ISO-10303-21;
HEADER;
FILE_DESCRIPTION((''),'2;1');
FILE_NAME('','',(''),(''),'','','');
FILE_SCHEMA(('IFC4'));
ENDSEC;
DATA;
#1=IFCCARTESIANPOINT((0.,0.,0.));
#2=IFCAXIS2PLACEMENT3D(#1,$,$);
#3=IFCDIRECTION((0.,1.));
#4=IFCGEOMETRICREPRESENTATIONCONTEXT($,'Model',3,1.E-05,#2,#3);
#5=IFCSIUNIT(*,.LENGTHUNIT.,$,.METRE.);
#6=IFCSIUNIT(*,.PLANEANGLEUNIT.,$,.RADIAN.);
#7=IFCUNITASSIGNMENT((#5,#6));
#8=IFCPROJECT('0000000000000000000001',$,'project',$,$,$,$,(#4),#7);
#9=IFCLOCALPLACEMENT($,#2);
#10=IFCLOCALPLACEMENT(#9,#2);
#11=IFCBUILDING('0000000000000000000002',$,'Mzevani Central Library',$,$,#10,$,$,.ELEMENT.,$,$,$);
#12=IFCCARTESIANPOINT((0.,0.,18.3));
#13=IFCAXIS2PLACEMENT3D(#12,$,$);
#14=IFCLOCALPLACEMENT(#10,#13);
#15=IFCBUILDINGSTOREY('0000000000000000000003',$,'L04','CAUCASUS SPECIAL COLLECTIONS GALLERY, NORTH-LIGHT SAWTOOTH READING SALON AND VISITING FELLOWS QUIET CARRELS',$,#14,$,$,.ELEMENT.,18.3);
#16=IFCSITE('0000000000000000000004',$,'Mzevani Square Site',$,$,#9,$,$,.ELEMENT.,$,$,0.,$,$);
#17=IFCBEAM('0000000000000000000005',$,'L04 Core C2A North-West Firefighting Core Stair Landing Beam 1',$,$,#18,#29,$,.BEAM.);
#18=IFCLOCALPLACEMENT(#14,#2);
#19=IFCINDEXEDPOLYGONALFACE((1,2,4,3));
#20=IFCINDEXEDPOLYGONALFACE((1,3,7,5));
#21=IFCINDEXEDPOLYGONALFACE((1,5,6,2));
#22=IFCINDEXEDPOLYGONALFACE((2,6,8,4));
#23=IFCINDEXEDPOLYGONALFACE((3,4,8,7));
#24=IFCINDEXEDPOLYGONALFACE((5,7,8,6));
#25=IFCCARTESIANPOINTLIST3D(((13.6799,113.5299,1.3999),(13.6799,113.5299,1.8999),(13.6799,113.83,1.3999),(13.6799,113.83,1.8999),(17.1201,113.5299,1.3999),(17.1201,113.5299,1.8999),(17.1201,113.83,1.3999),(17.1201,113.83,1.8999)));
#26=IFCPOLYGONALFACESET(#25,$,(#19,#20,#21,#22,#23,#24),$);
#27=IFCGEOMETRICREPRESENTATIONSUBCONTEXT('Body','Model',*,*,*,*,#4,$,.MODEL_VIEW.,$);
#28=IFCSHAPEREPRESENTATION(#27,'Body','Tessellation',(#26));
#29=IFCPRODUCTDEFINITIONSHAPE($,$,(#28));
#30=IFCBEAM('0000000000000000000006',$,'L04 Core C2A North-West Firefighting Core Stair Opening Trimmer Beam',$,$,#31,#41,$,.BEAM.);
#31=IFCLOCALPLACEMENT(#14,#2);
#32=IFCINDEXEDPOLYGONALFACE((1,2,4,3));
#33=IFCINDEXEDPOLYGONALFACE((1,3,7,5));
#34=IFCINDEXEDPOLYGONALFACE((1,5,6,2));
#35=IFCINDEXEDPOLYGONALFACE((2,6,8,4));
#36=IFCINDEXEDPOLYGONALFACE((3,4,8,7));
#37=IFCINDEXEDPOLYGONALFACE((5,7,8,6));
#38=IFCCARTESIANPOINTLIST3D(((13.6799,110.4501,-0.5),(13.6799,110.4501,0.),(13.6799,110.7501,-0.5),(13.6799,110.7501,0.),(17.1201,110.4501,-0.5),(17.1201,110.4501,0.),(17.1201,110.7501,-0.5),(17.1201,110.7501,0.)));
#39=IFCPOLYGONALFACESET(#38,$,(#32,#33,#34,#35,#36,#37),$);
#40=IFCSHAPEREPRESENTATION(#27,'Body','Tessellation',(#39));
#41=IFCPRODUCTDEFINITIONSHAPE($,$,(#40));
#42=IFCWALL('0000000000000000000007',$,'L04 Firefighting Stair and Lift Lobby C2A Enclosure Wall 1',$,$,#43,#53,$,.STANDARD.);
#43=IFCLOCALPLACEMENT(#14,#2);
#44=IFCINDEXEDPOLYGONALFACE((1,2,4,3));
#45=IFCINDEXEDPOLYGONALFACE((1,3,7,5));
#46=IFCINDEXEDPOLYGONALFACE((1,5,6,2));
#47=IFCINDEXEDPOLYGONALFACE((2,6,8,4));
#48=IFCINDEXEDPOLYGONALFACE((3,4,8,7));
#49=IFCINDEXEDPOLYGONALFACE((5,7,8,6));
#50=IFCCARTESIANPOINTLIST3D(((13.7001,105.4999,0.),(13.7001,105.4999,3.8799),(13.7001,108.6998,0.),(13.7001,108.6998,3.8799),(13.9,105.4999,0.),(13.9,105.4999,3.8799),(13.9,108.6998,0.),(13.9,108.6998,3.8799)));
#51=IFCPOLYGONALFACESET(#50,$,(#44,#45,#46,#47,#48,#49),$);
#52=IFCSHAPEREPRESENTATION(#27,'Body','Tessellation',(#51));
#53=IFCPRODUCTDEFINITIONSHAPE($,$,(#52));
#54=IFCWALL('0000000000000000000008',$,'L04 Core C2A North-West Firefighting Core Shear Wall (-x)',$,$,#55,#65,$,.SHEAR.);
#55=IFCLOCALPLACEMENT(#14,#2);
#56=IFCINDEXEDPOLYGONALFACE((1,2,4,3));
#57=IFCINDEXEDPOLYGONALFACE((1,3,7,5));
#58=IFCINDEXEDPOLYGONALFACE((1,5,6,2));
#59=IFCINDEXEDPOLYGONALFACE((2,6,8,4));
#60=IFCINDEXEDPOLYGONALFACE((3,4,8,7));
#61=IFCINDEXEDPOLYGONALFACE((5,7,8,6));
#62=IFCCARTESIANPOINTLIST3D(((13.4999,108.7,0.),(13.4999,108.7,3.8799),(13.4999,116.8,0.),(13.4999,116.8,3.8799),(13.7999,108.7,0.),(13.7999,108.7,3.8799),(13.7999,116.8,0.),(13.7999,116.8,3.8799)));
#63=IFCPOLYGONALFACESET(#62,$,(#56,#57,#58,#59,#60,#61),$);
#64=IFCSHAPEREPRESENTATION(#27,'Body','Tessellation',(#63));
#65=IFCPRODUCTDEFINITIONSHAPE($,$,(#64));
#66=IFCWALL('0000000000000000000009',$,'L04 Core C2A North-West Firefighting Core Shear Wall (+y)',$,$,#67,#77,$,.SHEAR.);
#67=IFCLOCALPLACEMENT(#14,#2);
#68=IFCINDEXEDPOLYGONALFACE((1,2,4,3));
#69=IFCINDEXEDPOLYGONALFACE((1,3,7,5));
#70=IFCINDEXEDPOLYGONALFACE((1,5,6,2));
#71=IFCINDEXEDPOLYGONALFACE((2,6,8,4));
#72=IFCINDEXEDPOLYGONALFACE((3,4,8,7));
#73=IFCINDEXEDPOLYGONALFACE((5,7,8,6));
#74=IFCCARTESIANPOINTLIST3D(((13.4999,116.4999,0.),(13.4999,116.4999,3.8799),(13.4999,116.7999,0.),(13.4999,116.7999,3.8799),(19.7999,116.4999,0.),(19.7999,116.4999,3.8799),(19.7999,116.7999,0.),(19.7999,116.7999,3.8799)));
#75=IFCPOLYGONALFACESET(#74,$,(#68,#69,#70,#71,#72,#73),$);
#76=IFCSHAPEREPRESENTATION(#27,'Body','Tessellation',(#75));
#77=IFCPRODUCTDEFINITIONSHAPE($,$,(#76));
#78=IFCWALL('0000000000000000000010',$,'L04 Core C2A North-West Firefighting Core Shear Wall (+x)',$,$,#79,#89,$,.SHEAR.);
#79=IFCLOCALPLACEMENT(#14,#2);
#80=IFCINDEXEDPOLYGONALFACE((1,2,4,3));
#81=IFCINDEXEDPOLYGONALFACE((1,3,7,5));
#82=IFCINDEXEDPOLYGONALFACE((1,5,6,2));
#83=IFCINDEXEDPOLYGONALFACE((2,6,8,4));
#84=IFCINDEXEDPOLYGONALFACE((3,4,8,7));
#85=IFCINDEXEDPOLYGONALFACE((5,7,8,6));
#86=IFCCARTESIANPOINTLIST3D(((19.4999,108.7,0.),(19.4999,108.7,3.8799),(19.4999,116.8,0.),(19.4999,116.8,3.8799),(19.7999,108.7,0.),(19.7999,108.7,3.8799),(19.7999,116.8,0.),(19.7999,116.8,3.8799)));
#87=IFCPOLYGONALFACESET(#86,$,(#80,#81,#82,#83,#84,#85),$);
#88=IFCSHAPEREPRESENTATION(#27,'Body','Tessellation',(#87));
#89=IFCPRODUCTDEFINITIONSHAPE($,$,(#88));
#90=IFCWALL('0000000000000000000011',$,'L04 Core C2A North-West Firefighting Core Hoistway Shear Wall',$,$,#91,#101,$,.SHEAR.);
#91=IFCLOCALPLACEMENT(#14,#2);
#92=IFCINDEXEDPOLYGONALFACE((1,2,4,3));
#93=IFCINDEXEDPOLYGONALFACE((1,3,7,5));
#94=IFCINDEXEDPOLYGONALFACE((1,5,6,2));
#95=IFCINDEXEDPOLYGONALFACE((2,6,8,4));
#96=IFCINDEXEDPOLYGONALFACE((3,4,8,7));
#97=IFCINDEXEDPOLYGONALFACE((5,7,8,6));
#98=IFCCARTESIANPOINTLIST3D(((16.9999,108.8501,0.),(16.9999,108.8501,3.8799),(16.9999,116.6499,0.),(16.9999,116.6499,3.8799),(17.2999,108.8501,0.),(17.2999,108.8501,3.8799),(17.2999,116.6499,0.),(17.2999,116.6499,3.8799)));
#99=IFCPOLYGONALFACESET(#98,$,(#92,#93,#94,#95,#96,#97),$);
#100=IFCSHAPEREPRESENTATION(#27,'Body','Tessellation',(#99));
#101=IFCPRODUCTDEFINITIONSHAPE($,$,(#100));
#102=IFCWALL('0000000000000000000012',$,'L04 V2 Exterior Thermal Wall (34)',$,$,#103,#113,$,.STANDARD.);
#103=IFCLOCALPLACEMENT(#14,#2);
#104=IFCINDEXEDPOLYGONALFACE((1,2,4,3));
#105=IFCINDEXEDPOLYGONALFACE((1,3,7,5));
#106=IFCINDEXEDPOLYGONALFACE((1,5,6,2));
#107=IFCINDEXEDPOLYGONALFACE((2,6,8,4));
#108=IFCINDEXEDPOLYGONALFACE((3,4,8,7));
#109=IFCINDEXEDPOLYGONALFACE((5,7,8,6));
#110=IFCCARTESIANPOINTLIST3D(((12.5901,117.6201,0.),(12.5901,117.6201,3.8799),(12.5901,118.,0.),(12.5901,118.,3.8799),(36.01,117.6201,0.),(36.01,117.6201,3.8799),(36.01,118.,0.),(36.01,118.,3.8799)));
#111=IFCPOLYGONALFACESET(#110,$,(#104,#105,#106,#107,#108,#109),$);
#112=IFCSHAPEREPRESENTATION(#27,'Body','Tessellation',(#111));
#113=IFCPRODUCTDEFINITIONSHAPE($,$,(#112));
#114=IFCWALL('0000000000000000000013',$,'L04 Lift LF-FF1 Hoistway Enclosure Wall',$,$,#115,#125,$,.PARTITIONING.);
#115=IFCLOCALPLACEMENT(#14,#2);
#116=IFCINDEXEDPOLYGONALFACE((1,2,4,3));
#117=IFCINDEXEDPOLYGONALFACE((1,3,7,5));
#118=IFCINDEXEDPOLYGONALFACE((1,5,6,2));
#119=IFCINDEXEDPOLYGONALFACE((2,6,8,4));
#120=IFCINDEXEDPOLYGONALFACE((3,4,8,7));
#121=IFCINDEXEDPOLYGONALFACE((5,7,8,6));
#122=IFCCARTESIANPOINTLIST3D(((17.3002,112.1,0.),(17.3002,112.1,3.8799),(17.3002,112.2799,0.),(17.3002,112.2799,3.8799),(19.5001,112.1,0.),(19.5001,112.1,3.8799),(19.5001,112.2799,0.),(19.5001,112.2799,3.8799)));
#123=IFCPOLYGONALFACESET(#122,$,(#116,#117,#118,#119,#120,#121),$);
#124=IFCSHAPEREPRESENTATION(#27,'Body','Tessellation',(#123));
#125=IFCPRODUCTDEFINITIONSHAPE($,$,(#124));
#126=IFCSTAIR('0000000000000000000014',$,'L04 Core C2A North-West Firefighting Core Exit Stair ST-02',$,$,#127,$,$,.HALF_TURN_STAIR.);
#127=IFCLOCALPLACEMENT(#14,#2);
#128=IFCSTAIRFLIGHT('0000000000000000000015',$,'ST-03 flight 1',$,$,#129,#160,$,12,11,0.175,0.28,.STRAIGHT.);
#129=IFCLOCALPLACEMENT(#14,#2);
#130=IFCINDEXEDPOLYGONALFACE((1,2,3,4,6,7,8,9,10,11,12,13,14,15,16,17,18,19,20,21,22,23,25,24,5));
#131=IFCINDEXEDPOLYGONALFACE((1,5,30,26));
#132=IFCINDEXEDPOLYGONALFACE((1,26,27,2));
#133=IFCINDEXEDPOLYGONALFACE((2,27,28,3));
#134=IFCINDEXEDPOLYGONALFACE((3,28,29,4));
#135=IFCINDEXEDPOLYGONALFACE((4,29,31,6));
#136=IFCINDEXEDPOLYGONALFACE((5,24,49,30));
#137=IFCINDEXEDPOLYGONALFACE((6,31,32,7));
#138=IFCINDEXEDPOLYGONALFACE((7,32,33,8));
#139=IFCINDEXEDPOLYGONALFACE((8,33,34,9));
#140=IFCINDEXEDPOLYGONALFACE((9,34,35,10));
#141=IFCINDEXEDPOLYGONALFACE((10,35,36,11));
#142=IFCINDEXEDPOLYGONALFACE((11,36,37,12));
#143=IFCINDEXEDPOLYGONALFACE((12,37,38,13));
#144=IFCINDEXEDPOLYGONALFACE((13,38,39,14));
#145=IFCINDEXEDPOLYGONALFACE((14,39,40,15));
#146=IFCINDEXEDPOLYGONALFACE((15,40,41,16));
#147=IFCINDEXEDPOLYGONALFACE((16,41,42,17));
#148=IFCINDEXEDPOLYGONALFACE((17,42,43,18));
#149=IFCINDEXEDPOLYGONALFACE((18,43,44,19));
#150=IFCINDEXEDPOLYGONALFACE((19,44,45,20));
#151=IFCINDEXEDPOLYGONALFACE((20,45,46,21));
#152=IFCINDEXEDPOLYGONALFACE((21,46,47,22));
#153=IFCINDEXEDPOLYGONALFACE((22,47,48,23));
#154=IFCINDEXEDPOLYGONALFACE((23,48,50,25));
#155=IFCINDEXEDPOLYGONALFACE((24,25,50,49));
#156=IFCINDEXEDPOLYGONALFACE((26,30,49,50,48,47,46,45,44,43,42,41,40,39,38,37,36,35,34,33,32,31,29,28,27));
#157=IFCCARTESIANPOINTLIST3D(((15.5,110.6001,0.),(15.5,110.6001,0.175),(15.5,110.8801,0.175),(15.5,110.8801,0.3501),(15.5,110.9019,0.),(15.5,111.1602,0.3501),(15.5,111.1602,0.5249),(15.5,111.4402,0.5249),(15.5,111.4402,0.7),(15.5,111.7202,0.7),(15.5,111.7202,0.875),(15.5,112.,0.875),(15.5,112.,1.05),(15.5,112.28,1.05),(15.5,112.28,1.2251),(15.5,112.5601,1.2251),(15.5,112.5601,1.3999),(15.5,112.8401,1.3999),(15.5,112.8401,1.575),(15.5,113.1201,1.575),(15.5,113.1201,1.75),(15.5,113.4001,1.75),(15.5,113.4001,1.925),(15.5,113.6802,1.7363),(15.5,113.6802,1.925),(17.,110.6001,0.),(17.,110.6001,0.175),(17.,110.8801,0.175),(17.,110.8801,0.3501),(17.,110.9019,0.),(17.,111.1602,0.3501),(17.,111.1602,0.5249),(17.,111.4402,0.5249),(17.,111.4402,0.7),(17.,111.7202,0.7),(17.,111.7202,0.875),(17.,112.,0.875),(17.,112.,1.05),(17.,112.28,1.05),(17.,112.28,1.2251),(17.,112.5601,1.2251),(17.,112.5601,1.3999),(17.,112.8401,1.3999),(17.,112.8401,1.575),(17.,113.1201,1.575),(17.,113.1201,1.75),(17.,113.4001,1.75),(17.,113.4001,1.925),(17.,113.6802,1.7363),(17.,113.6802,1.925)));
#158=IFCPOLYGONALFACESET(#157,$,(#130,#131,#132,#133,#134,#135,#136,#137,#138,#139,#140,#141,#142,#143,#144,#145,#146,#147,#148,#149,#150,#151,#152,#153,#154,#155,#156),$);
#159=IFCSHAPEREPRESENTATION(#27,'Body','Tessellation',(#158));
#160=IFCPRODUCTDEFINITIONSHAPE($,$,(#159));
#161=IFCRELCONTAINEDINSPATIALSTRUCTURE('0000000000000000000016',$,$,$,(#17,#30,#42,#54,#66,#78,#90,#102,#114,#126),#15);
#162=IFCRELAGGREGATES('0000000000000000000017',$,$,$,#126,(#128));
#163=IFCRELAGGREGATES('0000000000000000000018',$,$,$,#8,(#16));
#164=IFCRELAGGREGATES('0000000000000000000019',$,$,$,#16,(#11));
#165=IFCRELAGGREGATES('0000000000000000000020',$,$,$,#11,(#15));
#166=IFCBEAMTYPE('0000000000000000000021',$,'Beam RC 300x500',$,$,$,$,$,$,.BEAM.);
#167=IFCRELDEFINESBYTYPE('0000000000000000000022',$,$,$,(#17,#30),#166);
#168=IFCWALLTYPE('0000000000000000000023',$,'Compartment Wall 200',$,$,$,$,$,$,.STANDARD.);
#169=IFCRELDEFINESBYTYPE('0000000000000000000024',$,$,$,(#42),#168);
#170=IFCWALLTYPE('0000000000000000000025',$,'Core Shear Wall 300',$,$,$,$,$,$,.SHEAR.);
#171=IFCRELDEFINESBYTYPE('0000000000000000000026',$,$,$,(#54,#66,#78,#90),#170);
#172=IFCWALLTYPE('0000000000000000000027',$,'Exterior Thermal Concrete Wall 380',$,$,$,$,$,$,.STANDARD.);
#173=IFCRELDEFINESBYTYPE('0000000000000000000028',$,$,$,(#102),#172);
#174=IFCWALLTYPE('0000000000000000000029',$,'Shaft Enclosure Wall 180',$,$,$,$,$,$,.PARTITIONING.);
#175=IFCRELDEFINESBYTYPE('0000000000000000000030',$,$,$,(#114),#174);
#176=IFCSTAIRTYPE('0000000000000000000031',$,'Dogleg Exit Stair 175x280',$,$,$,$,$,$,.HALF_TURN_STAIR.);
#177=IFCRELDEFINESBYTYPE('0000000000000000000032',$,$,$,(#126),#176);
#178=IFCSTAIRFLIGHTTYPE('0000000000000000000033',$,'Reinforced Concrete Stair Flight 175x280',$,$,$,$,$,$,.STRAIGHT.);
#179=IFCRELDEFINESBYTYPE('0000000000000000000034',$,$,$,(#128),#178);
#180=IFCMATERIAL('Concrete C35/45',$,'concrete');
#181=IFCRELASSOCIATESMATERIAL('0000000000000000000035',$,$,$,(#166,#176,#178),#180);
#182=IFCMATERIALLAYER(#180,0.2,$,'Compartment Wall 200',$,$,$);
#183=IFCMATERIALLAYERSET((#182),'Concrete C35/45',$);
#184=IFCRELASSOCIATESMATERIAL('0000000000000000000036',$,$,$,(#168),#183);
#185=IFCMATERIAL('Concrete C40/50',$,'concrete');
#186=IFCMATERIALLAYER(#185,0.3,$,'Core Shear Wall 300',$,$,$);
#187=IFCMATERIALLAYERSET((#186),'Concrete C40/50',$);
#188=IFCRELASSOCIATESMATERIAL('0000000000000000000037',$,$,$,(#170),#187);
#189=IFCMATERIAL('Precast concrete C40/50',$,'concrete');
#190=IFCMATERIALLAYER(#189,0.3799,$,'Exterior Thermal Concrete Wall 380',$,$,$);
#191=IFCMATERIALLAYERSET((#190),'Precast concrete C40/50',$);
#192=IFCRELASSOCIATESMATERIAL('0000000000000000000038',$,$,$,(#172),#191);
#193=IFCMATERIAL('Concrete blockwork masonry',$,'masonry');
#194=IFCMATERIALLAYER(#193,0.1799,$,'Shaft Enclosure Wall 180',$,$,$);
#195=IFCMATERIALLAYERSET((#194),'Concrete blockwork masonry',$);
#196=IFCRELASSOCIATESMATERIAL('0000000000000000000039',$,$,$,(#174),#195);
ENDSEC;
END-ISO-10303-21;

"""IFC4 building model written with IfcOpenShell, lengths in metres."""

from ifc_helpers import new_model, si_unit, direction, frame, frame_2d, origin, origin_2d, place, context, subcontext, project, spatial, polyline, rectangle, outline, extrude, material, layer, layer_set, material_profile, profile_set, type_object, element, aggregate, save


model = new_model("IFC4")

# Units and contexts
model_context = context("Model", 3, precision=1e-05, world=origin(), true_north=direction((0.0, 1.0)))
body_context = subcontext(model_context, "Body", "Model", "MODEL_VIEW")
ifc_project = project(units=[si_unit("LENGTHUNIT", "METRE"), si_unit("PLANEANGLEUNIT", "RADIAN")], contexts=[model_context])

# Site, building, storey
site_placement = place(None, origin())
site = spatial("IfcSite", under=ifc_project, at=site_placement, Name="Mzevani Square Site", CompositionType="ELEMENT", RefElevation=0.0)
building_placement = place(site_placement, origin())
building = spatial("IfcBuilding", under=site, at=building_placement, Name="Mzevani Central Library", CompositionType="ELEMENT")
storey_placement = place(building_placement, frame((0.0, 0.0, 18.3)))
storey = spatial("IfcBuildingStorey", under=building, at=storey_placement, Name="L04", Description="CAUCASUS SPECIAL COLLECTIONS GALLERY, NORTH-LIGHT SAWTOOTH READING SALON AND VISITING FELLOWS QUIET CARRELS", CompositionType="ELEMENT", Elevation=18.3)

# Beams
ifc_material_1 = material(Name="Concrete C35/45", Category="concrete")
ifc_material_profile = material_profile(ifc_material_1, rectangle(XDim=0.3, YDim=0.5, at=origin_2d()), Name="RC B300x500")
ifc_profile_set = profile_set([ifc_material_profile], Name="Concrete C35/45")
beam_type = type_object("IfcBeamType", Name="Beam RC 300x500", PredefinedType="BEAM", material=ifc_profile_set)
for number, where, z_axis, x_axis, name in (
    (1, (13.6799, 113.6799, 1.6499), (1.0, 0.0, 0.0), (0.0, 1.0, 0.0), "L04 Core C2A North-West Firefighting Core Stair Landing Beam 1"),
    (2, (13.6799, 110.6001, -0.25), (1.0, 0.0, 0.0), (0.0, 1.0, 0.0), "L04 Core C2A North-West Firefighting Core Stair Opening Trimmer Beam"),
):
    element("IfcBeam", number, at=place(storey_placement, frame(where, z_axis=z_axis, x_axis=x_axis)), inside=storey, type_object=beam_type, Name=name, PredefinedType="BEAM", context=body_context, shape_type="SweptSolid", body=[
        extrude(rectangle(XDim=0.3, YDim=0.5, at=origin_2d()), origin(), (0.0, 0.0, 1.0), 3.4402),
    ])

# Wall
ifc_layer_1 = layer(ifc_material_1, 0.2, Name="Compartment Wall 200")
ifc_layer_set_1 = layer_set([ifc_layer_1], Name="Concrete C35/45")
wall_type_1 = type_object("IfcWallType", Name="Compartment Wall 200", PredefinedType="STANDARD", material=ifc_layer_set_1)
wall_1_placement = place(storey_placement, frame((13.8, 108.7, 0.0), z_axis=(0.0, 0.0, 1.0), x_axis=(0.0, -1.0, 0.0)))
element("IfcWall", 3, at=wall_1_placement, inside=storey, type_object=wall_type_1, Name="L04 Firefighting Stair and Lift Lobby C2A Enclosure Wall 1", PredefinedType="STANDARD", context=body_context, shape_type="SweptSolid", body=[
    extrude(rectangle(XDim=3.2, YDim=0.2, at=frame_2d((1.6001, 0.0))), origin(), (0.0, 0.0, 1.0), 3.8799),
])

# Shared definitions
ifc_material_2 = material(Name="Concrete C40/50", Category="concrete")
ifc_layer_2 = layer(ifc_material_2, 0.3, Name="Core Shear Wall 300")
ifc_layer_set_2 = layer_set([ifc_layer_2], Name="Concrete C40/50")
wall_type_2 = type_object("IfcWallType", Name="Core Shear Wall 300", PredefinedType="SHEAR", material=ifc_layer_set_2)

# Walls
wall_2_placement = place(storey_placement, frame((13.6499, 108.7, 0.0), z_axis=(0.0, 0.0, 1.0), x_axis=(0.0, 1.0, 0.0)))
element("IfcWall", 4, at=wall_2_placement, inside=storey, type_object=wall_type_2, Name="L04 Core C2A North-West Firefighting Core Shear Wall (-x)", PredefinedType="SHEAR", context=body_context, shape_type="SweptSolid", body=[
    extrude(rectangle(XDim=8.1001, YDim=0.3, at=frame_2d((4.05, 0.0))), origin(), (0.0, 0.0, 1.0), 3.8799),
])
wall_3_placement = place(storey_placement, frame((13.5, 116.6499, 0.0), z_axis=(0.0, 0.0, 1.0), x_axis=(1.0, 0.0, 0.0)))
element("IfcWall", 5, at=wall_3_placement, inside=storey, type_object=wall_type_2, Name="L04 Core C2A North-West Firefighting Core Shear Wall (+y)", PredefinedType="SHEAR", context=body_context, shape_type="SweptSolid", body=[
    extrude(rectangle(XDim=6.3, YDim=0.3, at=frame_2d((3.1499, 0.0))), origin(), (0.0, 0.0, 1.0), 3.8799),
])
wall_4_placement = place(storey_placement, frame((19.6499, 116.8, 0.0), z_axis=(0.0, 0.0, 1.0), x_axis=(0.0, -1.0, 0.0)))
element("IfcWall", 6, at=wall_4_placement, inside=storey, type_object=wall_type_2, Name="L04 Core C2A North-West Firefighting Core Shear Wall (+x)", PredefinedType="SHEAR", context=body_context, shape_type="SweptSolid", body=[
    extrude(rectangle(XDim=8.1001, YDim=0.3, at=frame_2d((4.05, 0.0))), origin(), (0.0, 0.0, 1.0), 3.8799),
])
wall_5_placement = place(storey_placement, frame((17.1499, 108.8501, 0.0), z_axis=(0.0, 0.0, 1.0), x_axis=(0.0, 1.0, 0.0)))
element("IfcWall", 7, at=wall_5_placement, inside=storey, type_object=wall_type_2, Name="L04 Core C2A North-West Firefighting Core Hoistway Shear Wall", PredefinedType="SHEAR", context=body_context, shape_type="SweptSolid", body=[
    extrude(rectangle(XDim=7.7998, YDim=0.3, at=frame_2d((3.8999, 0.0))), origin(), (0.0, 0.0, 1.0), 3.8799),
])
ifc_material_3 = material(Name="Precast concrete C40/50", Category="concrete")
ifc_layer_3 = layer(ifc_material_3, 0.3799, Name="Exterior Thermal Concrete Wall 380")
ifc_layer_set_3 = layer_set([ifc_layer_3], Name="Precast concrete C40/50")
wall_type_3 = type_object("IfcWallType", Name="Exterior Thermal Concrete Wall 380", PredefinedType="STANDARD", material=ifc_layer_set_3)
wall_6_placement = place(storey_placement, frame((12.5901, 117.8101, 0.0), z_axis=(0.0, 0.0, 1.0), x_axis=(1.0, 0.0, 0.0)))
element("IfcWall", 8, at=wall_6_placement, inside=storey, type_object=wall_type_3, Name="L04 V2 Exterior Thermal Wall (34)", PredefinedType="STANDARD", context=body_context, shape_type="SweptSolid", body=[
    extrude(rectangle(XDim=23.4199, YDim=0.3799, at=frame_2d((11.71, 0.0))), origin(), (0.0, 0.0, 1.0), 3.8799),
])
ifc_material_4 = material(Name="Concrete blockwork masonry", Category="masonry")
ifc_layer_4 = layer(ifc_material_4, 0.1799, Name="Shaft Enclosure Wall 180")
ifc_layer_set_4 = layer_set([ifc_layer_4], Name="Concrete blockwork masonry")
wall_type_4 = type_object("IfcWallType", Name="Shaft Enclosure Wall 180", PredefinedType="PARTITIONING", material=ifc_layer_set_4)
wall_7_placement = place(storey_placement, frame((17.3, 112.1899, 0.0), z_axis=(0.0, 0.0, 1.0), x_axis=(1.0, 0.0, 0.0)))
element("IfcWall", 9, at=wall_7_placement, inside=storey, type_object=wall_type_4, Name="L04 Lift LF-FF1 Hoistway Enclosure Wall", PredefinedType="PARTITIONING", context=body_context, shape_type="SweptSolid", body=[
    extrude(rectangle(XDim=2.2, YDim=0.1799, at=frame_2d((1.1001, 0.0))), origin(), (0.0, 0.0, 1.0), 3.8799),
])

# Stair, stair flight
stair_type = type_object("IfcStairType", Name="Dogleg Exit Stair 175x280", PredefinedType="HALF_TURN_STAIR", material=ifc_material_1)
stair_placement = place(storey_placement, origin())
stair = element("IfcStair", 10, at=stair_placement, inside=storey, type_object=stair_type, Name="L04 Core C2A North-West Firefighting Core Exit Stair ST-02", PredefinedType="HALF_TURN_STAIR")
stair_flight_type = type_object("IfcStairFlightType", Name="Reinforced Concrete Stair Flight 175x280", PredefinedType="STRAIGHT", material=ifc_material_1)
stair_flight_1_placement = place(storey_placement, frame((16.25, 110.6001, 0.0), z_axis=(0.0, 0.0, 1.0), x_axis=(0.0, 1.0, 0.0)))
stair_flight_1 = element("IfcStairFlight", 11, at=stair_flight_1_placement, type_object=stair_flight_type, Name="ST-03 flight 1", NumberOfRisers=12, NumberOfTreads=11, PredefinedType="STRAIGHT", RiserHeight=0.175, TreadLength=0.28, context=body_context, shape_type="SweptSolid", body=[
    extrude(outline(polyline([(0.0, 0.0), (0.0, 0.175), (0.28, 0.175), (0.28, 0.3501), (0.5601, 0.3501), (0.5601, 0.5249), (0.8401, 0.5249), (0.8401, 0.7), (1.1201, 0.7), (1.1201, 0.875), (1.3999, 0.875), (1.3999, 1.05), (1.6799, 1.05), (1.6799, 1.2251), (1.96, 1.2251), (1.96, 1.3999), (2.24, 1.3999), (2.24, 1.575), (2.52, 1.575), (2.52, 1.75), (2.8, 1.75), (2.8, 1.925), (3.0801, 1.925), (3.0801, 2.1001), (3.0801, 1.7363), (0.3018, 0.0), (0.0, 0.0)])), frame((0.0, 0.75, 0.0), z_axis=(0.0, -1.0, 0.0), x_axis=(1.0, 0.0, 0.0)), (0.0, 0.0, 1.0), 1.5),
])
aggregate(stair, [stair_flight_1])

save(model, "model.ifc")
